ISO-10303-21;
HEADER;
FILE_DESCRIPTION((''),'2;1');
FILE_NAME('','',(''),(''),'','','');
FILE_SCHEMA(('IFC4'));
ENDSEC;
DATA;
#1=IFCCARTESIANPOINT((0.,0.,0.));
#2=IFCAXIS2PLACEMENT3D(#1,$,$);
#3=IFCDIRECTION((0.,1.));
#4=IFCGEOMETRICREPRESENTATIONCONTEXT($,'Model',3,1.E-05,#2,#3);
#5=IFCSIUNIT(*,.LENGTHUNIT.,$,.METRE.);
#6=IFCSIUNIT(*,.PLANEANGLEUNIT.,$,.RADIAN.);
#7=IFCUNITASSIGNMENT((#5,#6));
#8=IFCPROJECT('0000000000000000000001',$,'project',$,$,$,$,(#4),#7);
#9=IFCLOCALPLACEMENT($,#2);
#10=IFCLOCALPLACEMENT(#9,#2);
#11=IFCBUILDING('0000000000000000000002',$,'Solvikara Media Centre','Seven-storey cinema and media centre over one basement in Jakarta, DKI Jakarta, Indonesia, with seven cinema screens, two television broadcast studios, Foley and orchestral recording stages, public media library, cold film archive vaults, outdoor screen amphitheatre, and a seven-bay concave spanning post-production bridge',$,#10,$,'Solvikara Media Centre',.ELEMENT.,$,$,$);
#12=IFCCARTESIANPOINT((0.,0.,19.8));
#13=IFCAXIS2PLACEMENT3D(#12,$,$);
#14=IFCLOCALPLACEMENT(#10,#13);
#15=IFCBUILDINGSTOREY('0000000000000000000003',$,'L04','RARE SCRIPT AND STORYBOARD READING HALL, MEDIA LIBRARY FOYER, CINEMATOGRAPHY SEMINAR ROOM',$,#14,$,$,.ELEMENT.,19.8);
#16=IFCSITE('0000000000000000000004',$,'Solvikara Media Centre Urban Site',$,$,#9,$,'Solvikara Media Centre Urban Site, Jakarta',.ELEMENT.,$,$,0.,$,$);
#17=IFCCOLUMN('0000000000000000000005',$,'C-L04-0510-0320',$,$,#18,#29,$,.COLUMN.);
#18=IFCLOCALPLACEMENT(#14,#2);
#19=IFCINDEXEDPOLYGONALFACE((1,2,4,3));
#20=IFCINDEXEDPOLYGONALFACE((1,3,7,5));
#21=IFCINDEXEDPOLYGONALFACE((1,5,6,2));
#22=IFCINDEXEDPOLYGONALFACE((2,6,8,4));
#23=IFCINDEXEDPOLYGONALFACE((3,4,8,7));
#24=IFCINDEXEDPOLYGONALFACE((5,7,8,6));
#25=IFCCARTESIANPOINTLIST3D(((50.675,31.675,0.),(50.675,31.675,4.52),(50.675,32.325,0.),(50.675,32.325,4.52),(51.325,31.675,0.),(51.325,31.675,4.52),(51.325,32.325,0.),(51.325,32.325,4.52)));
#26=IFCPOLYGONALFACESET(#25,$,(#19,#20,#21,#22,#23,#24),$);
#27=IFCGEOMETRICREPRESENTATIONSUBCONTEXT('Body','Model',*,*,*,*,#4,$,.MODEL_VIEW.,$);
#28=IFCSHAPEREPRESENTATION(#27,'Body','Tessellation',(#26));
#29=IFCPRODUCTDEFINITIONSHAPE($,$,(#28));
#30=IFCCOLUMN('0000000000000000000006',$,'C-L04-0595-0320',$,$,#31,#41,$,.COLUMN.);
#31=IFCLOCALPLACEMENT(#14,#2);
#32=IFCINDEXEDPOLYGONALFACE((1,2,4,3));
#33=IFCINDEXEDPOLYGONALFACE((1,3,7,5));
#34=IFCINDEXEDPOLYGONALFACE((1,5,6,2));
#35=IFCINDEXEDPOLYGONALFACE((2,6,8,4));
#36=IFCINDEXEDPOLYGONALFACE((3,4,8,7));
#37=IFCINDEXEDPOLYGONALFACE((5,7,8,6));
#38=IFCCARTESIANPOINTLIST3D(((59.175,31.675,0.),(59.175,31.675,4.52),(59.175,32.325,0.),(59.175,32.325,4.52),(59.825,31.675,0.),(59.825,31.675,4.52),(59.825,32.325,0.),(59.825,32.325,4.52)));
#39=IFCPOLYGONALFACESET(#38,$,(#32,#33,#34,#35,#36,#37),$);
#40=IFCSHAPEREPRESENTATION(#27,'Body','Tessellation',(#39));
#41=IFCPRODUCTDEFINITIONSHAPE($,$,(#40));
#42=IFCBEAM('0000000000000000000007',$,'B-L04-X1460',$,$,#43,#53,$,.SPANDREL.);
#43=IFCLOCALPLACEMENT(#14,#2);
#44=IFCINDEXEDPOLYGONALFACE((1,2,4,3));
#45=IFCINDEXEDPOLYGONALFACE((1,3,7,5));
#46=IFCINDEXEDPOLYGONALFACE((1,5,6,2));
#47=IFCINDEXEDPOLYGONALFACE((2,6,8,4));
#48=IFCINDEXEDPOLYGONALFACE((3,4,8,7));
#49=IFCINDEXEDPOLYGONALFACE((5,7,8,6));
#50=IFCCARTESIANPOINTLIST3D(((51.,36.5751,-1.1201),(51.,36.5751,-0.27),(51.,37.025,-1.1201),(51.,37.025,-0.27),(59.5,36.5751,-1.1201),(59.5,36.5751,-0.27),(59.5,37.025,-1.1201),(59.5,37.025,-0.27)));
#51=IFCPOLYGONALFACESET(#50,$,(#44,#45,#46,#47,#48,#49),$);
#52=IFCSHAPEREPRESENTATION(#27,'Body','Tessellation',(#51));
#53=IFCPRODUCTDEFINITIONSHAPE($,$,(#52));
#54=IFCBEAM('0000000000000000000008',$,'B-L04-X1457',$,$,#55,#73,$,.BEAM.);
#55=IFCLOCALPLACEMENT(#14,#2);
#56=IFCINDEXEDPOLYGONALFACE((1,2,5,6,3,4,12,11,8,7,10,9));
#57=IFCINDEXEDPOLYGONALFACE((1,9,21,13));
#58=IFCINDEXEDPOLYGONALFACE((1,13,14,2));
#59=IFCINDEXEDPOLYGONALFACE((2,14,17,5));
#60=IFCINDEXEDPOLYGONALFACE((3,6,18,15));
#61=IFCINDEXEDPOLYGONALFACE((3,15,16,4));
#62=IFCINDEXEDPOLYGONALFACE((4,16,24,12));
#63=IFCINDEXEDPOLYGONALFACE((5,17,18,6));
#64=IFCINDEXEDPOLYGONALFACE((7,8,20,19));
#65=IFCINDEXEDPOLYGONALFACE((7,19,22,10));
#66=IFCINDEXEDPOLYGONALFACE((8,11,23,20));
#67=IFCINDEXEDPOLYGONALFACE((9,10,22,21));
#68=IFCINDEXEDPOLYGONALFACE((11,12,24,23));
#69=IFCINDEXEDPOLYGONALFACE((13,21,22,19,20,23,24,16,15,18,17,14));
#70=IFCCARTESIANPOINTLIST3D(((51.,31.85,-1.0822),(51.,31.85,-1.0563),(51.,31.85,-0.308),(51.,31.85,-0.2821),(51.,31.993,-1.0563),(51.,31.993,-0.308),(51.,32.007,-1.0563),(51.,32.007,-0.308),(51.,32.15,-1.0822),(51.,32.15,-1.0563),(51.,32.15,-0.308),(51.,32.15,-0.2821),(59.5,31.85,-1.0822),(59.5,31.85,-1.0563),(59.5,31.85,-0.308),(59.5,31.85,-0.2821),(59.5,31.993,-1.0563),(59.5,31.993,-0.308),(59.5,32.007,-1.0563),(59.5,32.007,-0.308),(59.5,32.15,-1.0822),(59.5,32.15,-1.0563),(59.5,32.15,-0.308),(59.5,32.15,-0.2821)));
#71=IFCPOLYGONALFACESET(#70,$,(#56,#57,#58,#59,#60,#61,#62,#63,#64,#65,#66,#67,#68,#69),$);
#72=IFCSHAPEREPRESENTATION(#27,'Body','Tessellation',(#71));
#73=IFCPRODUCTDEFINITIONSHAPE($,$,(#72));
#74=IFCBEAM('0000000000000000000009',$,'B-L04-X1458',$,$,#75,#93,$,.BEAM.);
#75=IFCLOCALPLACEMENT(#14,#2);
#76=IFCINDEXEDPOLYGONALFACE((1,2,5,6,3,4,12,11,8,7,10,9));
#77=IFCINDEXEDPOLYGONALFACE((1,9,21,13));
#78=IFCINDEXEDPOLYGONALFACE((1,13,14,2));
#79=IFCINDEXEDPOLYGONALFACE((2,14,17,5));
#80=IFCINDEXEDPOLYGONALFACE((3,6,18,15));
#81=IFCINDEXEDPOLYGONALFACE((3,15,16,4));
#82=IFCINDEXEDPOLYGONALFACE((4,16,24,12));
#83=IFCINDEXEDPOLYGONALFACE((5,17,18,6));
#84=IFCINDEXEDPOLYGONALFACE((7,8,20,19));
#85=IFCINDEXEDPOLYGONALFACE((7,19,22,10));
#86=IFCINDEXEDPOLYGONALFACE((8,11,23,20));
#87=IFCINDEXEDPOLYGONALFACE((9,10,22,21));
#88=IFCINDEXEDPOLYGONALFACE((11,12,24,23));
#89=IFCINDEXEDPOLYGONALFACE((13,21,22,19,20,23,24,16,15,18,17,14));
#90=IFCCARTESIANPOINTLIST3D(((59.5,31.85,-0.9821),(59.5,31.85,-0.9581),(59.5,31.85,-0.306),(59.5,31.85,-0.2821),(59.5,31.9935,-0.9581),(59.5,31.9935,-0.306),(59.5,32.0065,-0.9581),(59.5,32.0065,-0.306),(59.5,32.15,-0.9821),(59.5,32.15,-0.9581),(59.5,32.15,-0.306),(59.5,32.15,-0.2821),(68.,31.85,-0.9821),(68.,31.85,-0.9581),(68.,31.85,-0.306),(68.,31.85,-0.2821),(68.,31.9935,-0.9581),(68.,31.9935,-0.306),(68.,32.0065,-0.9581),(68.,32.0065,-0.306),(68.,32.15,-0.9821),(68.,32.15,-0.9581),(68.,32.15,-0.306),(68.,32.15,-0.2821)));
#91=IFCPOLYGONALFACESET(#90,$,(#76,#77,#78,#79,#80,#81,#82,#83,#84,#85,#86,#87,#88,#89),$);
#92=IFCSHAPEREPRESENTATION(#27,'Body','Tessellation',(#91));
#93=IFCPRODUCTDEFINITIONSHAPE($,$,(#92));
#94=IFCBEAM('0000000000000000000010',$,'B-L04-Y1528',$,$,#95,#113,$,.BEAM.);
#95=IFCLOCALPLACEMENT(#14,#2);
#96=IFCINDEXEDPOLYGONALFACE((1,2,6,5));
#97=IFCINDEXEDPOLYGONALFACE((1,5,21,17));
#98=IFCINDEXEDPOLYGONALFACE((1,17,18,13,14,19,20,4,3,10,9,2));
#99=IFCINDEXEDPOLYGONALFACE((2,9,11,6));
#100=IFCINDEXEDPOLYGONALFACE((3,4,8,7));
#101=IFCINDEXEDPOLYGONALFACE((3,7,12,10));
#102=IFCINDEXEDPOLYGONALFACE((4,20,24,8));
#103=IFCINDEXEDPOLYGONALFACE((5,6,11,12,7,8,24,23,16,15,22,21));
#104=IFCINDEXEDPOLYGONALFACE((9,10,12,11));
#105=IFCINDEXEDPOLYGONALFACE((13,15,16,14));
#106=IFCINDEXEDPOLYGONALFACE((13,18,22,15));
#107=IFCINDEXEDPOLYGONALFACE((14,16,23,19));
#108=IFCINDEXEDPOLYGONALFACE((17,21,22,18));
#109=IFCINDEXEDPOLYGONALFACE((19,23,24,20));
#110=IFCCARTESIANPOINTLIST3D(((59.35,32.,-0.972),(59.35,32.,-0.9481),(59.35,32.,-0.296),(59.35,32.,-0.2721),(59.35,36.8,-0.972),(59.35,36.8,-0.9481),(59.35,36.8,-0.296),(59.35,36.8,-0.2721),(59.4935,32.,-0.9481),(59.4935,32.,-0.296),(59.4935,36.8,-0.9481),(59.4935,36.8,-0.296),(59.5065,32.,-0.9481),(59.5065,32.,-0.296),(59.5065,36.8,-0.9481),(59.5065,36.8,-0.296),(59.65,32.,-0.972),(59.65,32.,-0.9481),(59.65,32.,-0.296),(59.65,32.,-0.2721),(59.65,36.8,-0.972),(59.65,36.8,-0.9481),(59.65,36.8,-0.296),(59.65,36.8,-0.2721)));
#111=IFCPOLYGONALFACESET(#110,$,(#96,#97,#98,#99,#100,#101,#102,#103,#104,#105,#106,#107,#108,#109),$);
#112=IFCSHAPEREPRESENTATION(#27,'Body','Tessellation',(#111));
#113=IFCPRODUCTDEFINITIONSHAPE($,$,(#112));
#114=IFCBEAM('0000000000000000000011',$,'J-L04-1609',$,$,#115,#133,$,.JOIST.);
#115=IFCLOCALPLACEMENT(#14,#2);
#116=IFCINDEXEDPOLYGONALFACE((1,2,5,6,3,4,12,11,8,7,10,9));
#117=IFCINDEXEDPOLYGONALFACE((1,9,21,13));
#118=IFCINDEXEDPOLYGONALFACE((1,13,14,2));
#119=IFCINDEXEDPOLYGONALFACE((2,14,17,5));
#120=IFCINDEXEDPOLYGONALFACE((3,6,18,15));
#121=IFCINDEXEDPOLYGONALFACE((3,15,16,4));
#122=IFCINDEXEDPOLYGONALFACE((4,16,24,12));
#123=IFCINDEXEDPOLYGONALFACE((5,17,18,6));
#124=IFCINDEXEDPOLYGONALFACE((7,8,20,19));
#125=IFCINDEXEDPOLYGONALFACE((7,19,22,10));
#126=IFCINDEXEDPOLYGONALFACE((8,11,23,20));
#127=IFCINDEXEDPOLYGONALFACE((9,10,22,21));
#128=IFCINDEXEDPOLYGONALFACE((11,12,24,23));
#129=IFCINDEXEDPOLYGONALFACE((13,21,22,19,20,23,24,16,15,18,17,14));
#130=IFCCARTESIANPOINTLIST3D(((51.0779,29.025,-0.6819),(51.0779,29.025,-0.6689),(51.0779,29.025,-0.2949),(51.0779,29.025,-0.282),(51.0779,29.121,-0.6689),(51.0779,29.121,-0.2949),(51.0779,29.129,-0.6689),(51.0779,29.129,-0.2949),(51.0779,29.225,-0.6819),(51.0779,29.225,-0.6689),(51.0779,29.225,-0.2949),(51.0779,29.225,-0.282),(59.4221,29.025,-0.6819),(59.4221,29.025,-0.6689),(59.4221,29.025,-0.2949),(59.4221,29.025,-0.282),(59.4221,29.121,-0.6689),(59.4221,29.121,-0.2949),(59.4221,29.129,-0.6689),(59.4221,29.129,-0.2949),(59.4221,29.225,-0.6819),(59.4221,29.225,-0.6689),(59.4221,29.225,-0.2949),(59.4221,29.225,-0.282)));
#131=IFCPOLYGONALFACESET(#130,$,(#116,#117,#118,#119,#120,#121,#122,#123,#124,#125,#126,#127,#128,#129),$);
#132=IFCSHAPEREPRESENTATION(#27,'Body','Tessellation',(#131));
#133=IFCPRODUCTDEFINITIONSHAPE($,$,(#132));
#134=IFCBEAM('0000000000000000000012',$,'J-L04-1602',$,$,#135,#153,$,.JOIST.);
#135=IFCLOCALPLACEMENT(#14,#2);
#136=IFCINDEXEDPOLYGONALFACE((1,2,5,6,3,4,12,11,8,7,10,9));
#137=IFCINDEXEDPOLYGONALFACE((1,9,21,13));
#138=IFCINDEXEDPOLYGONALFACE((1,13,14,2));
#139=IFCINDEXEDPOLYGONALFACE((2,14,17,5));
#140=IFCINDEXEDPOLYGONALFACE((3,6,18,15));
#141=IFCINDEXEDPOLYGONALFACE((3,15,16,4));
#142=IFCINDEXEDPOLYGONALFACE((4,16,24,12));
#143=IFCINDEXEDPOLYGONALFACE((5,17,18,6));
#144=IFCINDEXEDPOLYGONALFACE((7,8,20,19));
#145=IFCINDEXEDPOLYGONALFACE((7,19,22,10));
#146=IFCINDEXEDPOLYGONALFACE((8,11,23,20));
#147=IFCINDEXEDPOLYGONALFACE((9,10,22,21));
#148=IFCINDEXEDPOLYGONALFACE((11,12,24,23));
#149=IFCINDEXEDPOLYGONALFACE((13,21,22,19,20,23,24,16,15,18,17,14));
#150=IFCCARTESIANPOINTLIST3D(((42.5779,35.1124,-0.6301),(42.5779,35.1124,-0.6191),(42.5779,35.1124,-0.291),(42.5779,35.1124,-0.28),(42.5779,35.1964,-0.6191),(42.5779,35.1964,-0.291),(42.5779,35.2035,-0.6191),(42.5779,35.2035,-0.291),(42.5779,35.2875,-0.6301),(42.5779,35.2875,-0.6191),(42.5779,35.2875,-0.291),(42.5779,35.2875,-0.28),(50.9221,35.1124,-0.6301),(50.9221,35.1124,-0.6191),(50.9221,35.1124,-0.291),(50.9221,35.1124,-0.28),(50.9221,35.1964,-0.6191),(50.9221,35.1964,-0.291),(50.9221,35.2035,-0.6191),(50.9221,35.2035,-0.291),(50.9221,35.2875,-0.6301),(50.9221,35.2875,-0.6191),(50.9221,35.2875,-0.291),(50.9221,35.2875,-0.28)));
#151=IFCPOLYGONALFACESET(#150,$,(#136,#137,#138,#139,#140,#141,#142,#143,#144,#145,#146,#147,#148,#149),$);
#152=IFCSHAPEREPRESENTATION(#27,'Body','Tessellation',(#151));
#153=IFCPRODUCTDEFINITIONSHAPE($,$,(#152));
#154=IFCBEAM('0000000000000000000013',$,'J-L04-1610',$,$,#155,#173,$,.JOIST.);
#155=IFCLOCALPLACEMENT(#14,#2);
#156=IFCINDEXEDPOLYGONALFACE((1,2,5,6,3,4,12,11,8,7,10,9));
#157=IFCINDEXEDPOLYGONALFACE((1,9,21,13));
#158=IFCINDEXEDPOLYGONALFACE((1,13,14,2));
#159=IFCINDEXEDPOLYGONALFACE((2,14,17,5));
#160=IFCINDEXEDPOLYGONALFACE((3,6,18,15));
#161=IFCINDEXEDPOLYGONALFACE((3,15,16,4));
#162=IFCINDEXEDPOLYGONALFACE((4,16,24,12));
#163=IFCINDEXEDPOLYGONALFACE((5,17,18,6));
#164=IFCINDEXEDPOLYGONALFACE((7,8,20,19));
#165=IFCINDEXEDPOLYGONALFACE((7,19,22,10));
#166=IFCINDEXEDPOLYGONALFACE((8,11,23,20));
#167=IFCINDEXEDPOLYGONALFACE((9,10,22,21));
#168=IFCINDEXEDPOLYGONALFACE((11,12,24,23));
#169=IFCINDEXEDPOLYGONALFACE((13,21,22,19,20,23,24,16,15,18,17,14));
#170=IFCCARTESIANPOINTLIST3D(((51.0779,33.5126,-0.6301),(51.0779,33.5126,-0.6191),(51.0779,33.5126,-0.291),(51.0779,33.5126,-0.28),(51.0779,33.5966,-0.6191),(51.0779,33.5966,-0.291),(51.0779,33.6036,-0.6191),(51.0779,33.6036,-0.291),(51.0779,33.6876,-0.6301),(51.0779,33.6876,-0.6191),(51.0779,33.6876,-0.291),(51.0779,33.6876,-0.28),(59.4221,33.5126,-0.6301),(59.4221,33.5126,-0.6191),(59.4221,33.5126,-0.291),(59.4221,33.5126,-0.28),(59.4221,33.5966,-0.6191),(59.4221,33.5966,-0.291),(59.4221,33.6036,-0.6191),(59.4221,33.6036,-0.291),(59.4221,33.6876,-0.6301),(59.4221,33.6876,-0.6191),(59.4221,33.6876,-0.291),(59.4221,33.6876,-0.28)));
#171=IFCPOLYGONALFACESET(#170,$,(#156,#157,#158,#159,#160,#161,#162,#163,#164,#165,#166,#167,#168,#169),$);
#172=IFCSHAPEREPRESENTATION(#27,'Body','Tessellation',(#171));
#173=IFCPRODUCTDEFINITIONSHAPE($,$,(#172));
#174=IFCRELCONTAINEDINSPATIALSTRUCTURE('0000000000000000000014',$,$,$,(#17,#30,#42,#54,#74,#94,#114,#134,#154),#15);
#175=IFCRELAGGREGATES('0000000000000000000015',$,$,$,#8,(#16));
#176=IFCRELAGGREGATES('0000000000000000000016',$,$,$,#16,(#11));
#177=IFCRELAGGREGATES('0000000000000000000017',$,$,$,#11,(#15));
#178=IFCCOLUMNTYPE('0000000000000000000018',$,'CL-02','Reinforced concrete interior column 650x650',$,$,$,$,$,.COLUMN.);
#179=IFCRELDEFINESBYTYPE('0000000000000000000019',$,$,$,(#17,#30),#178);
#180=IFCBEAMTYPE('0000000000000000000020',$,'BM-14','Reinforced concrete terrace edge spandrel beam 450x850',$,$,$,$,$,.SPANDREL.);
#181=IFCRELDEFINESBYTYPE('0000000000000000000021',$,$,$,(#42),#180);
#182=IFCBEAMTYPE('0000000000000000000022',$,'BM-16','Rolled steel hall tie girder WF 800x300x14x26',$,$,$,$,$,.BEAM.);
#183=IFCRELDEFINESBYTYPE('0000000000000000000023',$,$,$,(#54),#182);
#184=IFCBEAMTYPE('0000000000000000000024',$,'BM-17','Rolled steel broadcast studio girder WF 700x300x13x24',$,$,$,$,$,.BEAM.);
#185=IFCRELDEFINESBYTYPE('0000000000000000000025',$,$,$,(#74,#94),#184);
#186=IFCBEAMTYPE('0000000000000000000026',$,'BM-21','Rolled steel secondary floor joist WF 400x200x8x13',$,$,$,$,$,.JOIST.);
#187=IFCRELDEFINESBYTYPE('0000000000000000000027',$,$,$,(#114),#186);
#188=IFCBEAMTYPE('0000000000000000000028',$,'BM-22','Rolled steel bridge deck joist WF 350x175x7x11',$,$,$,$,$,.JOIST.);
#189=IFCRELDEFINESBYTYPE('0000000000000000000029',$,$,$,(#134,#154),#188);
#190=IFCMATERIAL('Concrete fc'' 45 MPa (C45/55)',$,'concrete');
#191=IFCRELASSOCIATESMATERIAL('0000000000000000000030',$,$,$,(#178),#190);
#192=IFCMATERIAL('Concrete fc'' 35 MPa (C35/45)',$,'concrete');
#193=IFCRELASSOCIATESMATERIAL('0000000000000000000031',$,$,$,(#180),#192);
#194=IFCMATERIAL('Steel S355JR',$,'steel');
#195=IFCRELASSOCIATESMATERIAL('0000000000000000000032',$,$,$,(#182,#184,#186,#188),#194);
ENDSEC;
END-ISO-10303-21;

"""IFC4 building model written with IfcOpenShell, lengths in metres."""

from ifc_helpers import new_model, si_unit, direction, frame, origin, origin_2d, place, context, subcontext, project, spatial, rectangle, i_section, extrude, material, material_profile, profile_set, type_object, element, save


model = new_model("IFC4")

# Units and contexts
model_context = context("Model", 3, precision=1e-05, world=origin(), true_north=direction((0.0, 1.0)))
body_context = subcontext(model_context, "Body", "Model", "MODEL_VIEW")
ifc_project = project(units=[si_unit("LENGTHUNIT", "METRE"), si_unit("PLANEANGLEUNIT", "RADIAN")], contexts=[model_context])

# Site, building, storey
site_placement = place(None, origin())
site = spatial("IfcSite", under=ifc_project, at=site_placement, Name="Solvikara Media Centre Urban Site", LongName="Solvikara Media Centre Urban Site, Jakarta", CompositionType="ELEMENT", RefElevation=0.0)
building_placement = place(site_placement, origin())
building = spatial("IfcBuilding", under=site, at=building_placement, Name="Solvikara Media Centre", Description="Seven-storey cinema and media centre over one basement in Jakarta, DKI Jakarta, Indonesia, with seven cinema screens, two television broadcast studios, Foley and orchestral recording stages, public media library, cold film archive vaults, outdoor screen amphitheatre, and a seven-bay concave spanning post-production bridge", LongName="Solvikara Media Centre", CompositionType="ELEMENT")
storey_placement = place(building_placement, frame((0.0, 0.0, 19.8)))
storey = spatial("IfcBuildingStorey", under=building, at=storey_placement, Name="L04", Description="RARE SCRIPT AND STORYBOARD READING HALL, MEDIA LIBRARY FOYER, CINEMATOGRAPHY SEMINAR ROOM", CompositionType="ELEMENT", Elevation=19.8)

# Columns
ifc_material_1 = material(Name="Concrete fc' 45 MPa (C45/55)", Category="concrete")
ifc_material_profile_1 = material_profile(ifc_material_1, rectangle(XDim=0.6499, YDim=0.6499, at=origin_2d()), Name="RC 650x650")
ifc_profile_set_1 = profile_set([ifc_material_profile_1], Name="Concrete fc' 45 MPa (C45/55)")
column_type = type_object("IfcColumnType", Name="CL-02", Description="Reinforced concrete interior column 650x650", PredefinedType="COLUMN", material=ifc_profile_set_1)
for number, where, z_axis, x_axis, name in (
    (1, (51.0, 32.0, 0.0), (0.0, 0.0, 1.0), (1.0, 0.0, 0.0), "C-L04-0510-0320"),
    (2, (59.5, 32.0, 0.0), (0.0, 0.0, 1.0), (1.0, 0.0, 0.0), "C-L04-0595-0320"),
):
    element("IfcColumn", number, at=place(storey_placement, frame(where, z_axis=z_axis, x_axis=x_axis)), inside=storey, type_object=column_type, Name=name, PredefinedType="COLUMN", context=body_context, shape_type="SweptSolid", body=[
        extrude(rectangle(XDim=0.6499, YDim=0.6499, at=origin_2d()), origin(), (0.0, 0.0, 1.0), 4.52),
    ])

# Beams
ifc_material_2 = material(Name="Concrete fc' 35 MPa (C35/45)", Category="concrete")
ifc_material_profile_2 = material_profile(ifc_material_2, rectangle(XDim=0.45, YDim=0.8501, at=origin_2d()), Name="RC 450x850")
ifc_profile_set_2 = profile_set([ifc_material_profile_2], Name="Concrete fc' 35 MPa (C35/45)")
beam_type_1 = type_object("IfcBeamType", Name="BM-14", Description="Reinforced concrete terrace edge spandrel beam 450x850", PredefinedType="SPANDREL", material=ifc_profile_set_2)
beam_1_placement = place(storey_placement, frame((51.0, 36.8, -0.6951), z_axis=(1.0, 0.0, 0.0), x_axis=(0.0, 1.0, 0.0)))
element("IfcBeam", 3, at=beam_1_placement, inside=storey, type_object=beam_type_1, Name="B-L04-X1460", PredefinedType="SPANDREL", context=body_context, shape_type="SweptSolid", body=[
    extrude(rectangle(XDim=0.45, YDim=0.8501, at=origin_2d()), origin(), (0.0, 0.0, 1.0), 8.5),
])
ifc_material_3 = material(Name="Steel S355JR", Category="steel")
ifc_material_profile_3 = material_profile(ifc_material_3, i_section(OverallWidth=0.3, OverallDepth=0.8, WebThickness=0.0139, FlangeThickness=0.0259, at=origin_2d()), Name="WF 800x300x14x26")
ifc_profile_set_3 = profile_set([ifc_material_profile_3], Name="Steel S355JR")
beam_type_2 = type_object("IfcBeamType", Name="BM-16", Description="Rolled steel hall tie girder WF 800x300x14x26", PredefinedType="BEAM", material=ifc_profile_set_3)
beam_2_placement = place(storey_placement, frame((51.0, 32.0, -0.6821), z_axis=(1.0, 0.0, 0.0), x_axis=(0.0, 1.0, 0.0)))
element("IfcBeam", 4, at=beam_2_placement, inside=storey, type_object=beam_type_2, Name="B-L04-X1457", PredefinedType="BEAM", context=body_context, shape_type="SweptSolid", body=[
    extrude(i_section(OverallWidth=0.3, OverallDepth=0.8, WebThickness=0.0139, FlangeThickness=0.0259, at=origin_2d()), origin(), (0.0, 0.0, 1.0), 8.5),
])
ifc_material_profile_4 = material_profile(ifc_material_3, i_section(OverallWidth=0.3, OverallDepth=0.7, WebThickness=0.0129, FlangeThickness=0.0239, at=origin_2d()), Name="WF 700x300x13x24")
ifc_profile_set_4 = profile_set([ifc_material_profile_4], Name="Steel S355JR")
beam_type_3 = type_object("IfcBeamType", Name="BM-17", Description="Rolled steel broadcast studio girder WF 700x300x13x24", PredefinedType="BEAM", material=ifc_profile_set_4)
beam_3_placement = place(storey_placement, frame((59.5, 32.0, -0.6321), z_axis=(1.0, 0.0, 0.0), x_axis=(0.0, 1.0, 0.0)))
element("IfcBeam", 5, at=beam_3_placement, inside=storey, type_object=beam_type_3, Name="B-L04-X1458", PredefinedType="BEAM", context=body_context, shape_type="SweptSolid", body=[
    extrude(i_section(OverallWidth=0.3, OverallDepth=0.7, WebThickness=0.0129, FlangeThickness=0.0239, at=origin_2d()), origin(), (0.0, 0.0, 1.0), 8.5),
])
beam_4_placement = place(storey_placement, frame((59.5, 32.0, -0.6221), z_axis=(0.0, 1.0, 0.0), x_axis=(-1.0, 0.0, 0.0)))
element("IfcBeam", 6, at=beam_4_placement, inside=storey, type_object=beam_type_3, Name="B-L04-Y1528", PredefinedType="BEAM", context=body_context, shape_type="SweptSolid", body=[
    extrude(i_section(OverallWidth=0.3, OverallDepth=0.7, WebThickness=0.0129, FlangeThickness=0.0239, at=origin_2d()), origin(), (0.0, 0.0, 1.0), 4.8),
])
ifc_material_profile_5 = material_profile(ifc_material_3, i_section(OverallWidth=0.2, OverallDepth=0.3999, WebThickness=0.0081, FlangeThickness=0.0129, at=origin_2d()), Name="WF 400x200x8x13")
ifc_profile_set_5 = profile_set([ifc_material_profile_5], Name="Steel S355JR")
beam_type_4 = type_object("IfcBeamType", Name="BM-21", Description="Rolled steel secondary floor joist WF 400x200x8x13", PredefinedType="JOIST", material=ifc_profile_set_5)
beam_5_placement = place(storey_placement, frame((51.0779, 29.125, -0.4819), z_axis=(1.0, 0.0, 0.0), x_axis=(0.0, 1.0, 0.0)))
element("IfcBeam", 7, at=beam_5_placement, inside=storey, type_object=beam_type_4, Name="J-L04-1609", PredefinedType="JOIST", context=body_context, shape_type="SweptSolid", body=[
    extrude(i_section(OverallWidth=0.2, OverallDepth=0.3999, WebThickness=0.0081, FlangeThickness=0.0129, at=origin_2d()), origin(), (0.0, 0.0, 1.0), 8.3442),
])
ifc_material_profile_6 = material_profile(ifc_material_3, i_section(OverallWidth=0.175, OverallDepth=0.3501, WebThickness=0.0071, FlangeThickness=0.011, at=origin_2d()), Name="WF 350x175x7x11")
ifc_profile_set_6 = profile_set([ifc_material_profile_6], Name="Steel S355JR")
beam_type_5 = type_object("IfcBeamType", Name="BM-22", Description="Rolled steel bridge deck joist WF 350x175x7x11", PredefinedType="JOIST", material=ifc_profile_set_6)
for number, where, z_axis, x_axis, name in (
    (8, (42.5779, 35.2, -0.4551), (1.0, 0.0, 0.0), (0.0, 1.0, 0.0), "J-L04-1602"),
    (9, (51.0779, 33.6001, -0.4551), (1.0, 0.0, 0.0), (0.0, 1.0, 0.0), "J-L04-1610"),
):
    element("IfcBeam", number, at=place(storey_placement, frame(where, z_axis=z_axis, x_axis=x_axis)), inside=storey, type_object=beam_type_5, Name=name, PredefinedType="JOIST", context=body_context, shape_type="SweptSolid", body=[
        extrude(i_section(OverallWidth=0.175, OverallDepth=0.3501, WebThickness=0.0071, FlangeThickness=0.011, at=origin_2d()), origin(), (0.0, 0.0, 1.0), 8.3442),
    ])

save(model, "model.ifc")
